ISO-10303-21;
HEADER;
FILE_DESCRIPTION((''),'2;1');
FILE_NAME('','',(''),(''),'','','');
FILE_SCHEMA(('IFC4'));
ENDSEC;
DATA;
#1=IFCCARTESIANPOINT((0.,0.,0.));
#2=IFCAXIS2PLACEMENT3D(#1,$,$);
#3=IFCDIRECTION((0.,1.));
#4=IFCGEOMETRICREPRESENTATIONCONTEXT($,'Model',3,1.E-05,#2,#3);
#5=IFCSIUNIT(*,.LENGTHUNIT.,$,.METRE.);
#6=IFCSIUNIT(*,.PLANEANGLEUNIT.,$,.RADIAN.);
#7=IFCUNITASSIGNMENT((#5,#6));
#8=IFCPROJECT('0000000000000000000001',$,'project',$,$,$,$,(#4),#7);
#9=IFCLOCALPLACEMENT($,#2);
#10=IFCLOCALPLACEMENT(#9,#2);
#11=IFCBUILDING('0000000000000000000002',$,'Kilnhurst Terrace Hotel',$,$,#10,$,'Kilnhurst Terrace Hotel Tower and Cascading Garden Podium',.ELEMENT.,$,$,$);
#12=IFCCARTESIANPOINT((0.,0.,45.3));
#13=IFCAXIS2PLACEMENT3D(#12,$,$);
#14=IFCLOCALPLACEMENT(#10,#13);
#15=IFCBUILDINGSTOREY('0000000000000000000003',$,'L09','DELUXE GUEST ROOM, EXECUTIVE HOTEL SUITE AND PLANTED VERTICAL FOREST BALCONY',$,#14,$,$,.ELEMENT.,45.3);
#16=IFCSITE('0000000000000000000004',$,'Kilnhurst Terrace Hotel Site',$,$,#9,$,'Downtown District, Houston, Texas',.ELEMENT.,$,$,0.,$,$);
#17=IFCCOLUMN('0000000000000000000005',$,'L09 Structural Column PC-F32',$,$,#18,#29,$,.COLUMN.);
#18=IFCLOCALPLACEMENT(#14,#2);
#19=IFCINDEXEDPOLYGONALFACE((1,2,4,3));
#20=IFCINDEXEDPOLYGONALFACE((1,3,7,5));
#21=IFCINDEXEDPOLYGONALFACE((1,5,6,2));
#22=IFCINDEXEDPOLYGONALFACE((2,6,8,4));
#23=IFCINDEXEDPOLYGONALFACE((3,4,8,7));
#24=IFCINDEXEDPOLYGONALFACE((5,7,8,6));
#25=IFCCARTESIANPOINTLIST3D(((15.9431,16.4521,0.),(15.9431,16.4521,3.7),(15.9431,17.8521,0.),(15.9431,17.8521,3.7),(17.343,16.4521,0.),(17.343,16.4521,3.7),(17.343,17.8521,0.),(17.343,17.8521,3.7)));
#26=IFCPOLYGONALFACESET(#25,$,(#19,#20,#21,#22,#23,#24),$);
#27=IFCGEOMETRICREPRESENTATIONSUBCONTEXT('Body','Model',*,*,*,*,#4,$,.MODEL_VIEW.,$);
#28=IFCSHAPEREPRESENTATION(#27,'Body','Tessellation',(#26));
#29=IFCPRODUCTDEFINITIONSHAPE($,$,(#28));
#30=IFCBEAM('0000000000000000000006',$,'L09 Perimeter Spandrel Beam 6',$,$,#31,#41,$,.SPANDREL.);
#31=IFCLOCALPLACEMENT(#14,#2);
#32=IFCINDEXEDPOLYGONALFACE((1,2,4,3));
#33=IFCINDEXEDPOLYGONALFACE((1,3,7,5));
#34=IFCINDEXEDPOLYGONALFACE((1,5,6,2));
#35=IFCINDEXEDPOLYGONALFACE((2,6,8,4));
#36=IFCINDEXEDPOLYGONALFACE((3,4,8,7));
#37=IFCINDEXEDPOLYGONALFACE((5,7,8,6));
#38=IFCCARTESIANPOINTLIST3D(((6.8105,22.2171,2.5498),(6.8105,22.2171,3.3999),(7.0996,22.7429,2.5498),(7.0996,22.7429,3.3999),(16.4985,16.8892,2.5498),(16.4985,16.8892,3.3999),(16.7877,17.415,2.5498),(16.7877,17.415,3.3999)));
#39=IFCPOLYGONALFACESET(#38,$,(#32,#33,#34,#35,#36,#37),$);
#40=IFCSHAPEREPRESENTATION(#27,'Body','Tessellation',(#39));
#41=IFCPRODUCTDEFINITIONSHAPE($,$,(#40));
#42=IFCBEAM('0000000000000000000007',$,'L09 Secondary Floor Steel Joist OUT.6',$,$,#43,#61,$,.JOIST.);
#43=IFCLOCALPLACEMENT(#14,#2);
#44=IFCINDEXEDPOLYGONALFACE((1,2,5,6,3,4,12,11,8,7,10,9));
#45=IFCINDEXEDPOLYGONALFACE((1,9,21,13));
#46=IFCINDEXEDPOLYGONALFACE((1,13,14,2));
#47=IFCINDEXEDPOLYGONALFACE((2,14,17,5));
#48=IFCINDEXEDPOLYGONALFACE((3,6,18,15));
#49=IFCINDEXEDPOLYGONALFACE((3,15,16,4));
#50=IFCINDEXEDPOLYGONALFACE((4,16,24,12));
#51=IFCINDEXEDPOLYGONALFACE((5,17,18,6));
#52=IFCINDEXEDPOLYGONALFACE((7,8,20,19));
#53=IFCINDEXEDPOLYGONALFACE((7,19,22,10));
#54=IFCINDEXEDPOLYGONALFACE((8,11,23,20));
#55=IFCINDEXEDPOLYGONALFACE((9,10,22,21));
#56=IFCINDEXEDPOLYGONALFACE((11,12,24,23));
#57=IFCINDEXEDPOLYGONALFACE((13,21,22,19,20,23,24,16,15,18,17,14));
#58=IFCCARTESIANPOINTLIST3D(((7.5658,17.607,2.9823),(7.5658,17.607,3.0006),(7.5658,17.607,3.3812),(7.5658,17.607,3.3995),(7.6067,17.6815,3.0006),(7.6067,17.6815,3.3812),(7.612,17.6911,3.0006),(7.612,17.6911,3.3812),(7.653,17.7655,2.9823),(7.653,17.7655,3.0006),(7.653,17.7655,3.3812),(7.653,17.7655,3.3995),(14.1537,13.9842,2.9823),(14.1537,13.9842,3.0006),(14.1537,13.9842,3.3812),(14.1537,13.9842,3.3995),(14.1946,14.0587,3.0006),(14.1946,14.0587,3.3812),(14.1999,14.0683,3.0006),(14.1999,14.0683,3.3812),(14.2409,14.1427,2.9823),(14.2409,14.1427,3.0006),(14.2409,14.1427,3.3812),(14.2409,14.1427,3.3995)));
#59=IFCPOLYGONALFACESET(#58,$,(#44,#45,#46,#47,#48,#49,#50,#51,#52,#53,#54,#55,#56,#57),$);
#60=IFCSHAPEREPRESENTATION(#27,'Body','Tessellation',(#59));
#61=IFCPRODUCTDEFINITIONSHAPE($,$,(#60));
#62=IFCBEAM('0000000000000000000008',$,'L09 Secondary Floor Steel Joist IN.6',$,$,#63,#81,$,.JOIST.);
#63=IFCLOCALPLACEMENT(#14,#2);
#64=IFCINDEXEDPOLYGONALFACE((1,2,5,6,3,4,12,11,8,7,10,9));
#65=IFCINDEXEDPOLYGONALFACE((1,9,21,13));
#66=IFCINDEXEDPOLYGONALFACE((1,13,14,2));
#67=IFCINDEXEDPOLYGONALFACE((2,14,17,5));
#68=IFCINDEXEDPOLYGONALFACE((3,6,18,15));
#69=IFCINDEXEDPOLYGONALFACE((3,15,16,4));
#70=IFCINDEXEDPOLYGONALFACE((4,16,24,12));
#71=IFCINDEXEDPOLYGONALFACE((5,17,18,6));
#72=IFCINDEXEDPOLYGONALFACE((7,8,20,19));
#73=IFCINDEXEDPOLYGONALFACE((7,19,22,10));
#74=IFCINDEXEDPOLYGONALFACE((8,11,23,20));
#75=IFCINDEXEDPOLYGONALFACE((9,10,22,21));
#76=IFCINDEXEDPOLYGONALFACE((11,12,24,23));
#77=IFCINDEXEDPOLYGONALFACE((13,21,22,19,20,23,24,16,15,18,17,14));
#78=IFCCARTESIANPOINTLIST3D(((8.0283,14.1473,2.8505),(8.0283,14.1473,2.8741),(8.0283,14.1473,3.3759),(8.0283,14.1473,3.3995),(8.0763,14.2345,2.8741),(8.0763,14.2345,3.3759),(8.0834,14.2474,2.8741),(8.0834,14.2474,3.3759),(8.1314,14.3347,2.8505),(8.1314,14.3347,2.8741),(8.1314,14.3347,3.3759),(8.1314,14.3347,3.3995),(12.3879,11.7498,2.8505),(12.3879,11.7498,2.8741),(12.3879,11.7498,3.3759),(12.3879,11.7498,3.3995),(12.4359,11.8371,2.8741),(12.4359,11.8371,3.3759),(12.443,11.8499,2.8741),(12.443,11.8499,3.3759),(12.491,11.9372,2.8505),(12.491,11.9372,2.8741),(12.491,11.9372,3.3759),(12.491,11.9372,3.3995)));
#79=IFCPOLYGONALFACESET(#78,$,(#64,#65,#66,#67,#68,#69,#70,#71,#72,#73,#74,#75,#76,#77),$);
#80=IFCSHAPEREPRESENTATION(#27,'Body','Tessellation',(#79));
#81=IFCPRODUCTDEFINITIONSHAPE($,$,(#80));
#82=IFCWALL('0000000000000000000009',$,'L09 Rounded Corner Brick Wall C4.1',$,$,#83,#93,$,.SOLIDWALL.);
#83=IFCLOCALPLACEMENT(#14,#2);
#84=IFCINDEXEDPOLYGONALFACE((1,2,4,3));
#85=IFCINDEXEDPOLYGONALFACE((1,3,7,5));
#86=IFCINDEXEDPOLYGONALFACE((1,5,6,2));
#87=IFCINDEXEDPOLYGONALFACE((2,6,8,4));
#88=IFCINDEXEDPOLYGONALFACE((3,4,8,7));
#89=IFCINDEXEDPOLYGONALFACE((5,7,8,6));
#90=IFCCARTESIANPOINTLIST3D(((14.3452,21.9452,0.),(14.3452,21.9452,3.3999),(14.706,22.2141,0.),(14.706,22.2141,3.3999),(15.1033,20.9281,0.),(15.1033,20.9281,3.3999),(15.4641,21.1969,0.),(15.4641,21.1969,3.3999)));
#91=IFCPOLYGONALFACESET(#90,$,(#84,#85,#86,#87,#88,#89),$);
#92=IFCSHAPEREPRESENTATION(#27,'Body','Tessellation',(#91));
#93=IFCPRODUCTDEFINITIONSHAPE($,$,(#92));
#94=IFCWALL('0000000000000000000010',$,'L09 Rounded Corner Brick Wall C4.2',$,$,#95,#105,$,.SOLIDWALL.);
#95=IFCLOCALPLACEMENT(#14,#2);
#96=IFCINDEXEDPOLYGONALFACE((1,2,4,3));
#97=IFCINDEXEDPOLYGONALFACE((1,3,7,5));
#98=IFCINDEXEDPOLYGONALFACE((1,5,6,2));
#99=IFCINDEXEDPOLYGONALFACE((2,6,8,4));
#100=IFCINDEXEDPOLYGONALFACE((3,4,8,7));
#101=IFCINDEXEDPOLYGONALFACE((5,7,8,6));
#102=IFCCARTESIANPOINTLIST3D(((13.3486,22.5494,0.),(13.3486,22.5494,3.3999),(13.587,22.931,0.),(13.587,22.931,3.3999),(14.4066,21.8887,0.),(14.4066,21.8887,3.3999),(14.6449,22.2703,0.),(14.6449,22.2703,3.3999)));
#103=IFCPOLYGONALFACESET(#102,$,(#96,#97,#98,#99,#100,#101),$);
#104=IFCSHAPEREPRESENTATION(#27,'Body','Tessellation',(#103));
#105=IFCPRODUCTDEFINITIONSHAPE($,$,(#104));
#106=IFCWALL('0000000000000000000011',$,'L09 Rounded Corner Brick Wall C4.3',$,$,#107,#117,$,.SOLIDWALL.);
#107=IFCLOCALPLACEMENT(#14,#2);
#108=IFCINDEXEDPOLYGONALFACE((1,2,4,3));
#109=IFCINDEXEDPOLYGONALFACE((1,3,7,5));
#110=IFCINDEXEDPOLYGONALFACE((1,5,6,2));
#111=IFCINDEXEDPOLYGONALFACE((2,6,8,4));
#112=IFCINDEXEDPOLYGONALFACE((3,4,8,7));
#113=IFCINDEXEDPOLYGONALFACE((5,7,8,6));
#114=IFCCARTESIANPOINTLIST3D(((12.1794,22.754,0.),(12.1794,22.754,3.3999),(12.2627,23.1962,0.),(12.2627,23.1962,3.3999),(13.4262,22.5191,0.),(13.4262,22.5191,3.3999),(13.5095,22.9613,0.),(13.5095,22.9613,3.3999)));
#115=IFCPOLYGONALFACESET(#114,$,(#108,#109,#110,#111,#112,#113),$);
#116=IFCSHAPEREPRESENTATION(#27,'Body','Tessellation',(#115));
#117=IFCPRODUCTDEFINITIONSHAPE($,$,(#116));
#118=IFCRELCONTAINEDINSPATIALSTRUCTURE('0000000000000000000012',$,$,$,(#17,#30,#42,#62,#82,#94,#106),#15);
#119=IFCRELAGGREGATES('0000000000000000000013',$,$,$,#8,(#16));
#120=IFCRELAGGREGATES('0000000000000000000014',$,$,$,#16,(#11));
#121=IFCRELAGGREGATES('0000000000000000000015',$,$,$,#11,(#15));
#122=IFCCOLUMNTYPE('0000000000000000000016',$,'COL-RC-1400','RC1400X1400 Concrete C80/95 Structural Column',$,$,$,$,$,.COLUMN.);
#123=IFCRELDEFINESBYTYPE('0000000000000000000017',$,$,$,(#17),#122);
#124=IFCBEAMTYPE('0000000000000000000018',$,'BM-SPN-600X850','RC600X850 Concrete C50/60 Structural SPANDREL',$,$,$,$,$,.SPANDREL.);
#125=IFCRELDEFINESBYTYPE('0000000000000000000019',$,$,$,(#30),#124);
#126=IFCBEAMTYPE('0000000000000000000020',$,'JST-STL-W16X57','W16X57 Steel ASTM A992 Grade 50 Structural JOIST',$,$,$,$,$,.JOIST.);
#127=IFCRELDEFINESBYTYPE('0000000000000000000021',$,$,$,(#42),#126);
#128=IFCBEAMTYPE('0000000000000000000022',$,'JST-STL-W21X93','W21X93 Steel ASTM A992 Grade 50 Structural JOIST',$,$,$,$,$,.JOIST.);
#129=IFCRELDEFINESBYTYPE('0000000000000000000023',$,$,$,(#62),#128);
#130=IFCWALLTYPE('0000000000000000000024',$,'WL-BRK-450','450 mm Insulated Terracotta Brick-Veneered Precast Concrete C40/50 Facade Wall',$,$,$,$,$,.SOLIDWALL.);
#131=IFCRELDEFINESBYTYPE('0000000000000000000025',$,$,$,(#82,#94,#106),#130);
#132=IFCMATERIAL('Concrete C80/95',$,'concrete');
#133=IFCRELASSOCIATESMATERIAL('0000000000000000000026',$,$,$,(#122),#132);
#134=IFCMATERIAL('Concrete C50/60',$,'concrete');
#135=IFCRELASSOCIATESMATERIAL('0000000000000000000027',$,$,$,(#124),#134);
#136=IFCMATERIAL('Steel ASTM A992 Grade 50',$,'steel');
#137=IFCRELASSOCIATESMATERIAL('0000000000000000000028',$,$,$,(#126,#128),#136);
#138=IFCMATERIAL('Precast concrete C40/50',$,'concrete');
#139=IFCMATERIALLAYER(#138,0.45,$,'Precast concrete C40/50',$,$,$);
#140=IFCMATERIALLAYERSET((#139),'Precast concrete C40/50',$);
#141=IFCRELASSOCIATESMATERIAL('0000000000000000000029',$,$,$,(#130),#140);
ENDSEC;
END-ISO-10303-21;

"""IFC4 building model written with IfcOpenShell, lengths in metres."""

from ifc_helpers import new_model, si_unit, direction, frame, frame_2d, origin, origin_2d, place, context, subcontext, project, spatial, rectangle, i_section, extrude, material, layer, layer_set, material_profile, profile_set, type_object, element, save


model = new_model("IFC4")

# Units and contexts
model_context = context("Model", 3, precision=1e-05, world=origin(), true_north=direction((0.0, 1.0)))
body_context = subcontext(model_context, "Body", "Model", "MODEL_VIEW")
ifc_project = project(units=[si_unit("LENGTHUNIT", "METRE"), si_unit("PLANEANGLEUNIT", "RADIAN")], contexts=[model_context])

# Site, building, storey
site_placement = place(None, origin())
site = spatial("IfcSite", under=ifc_project, at=site_placement, Name="Kilnhurst Terrace Hotel Site", LongName="Downtown District, Houston, Texas", CompositionType="ELEMENT", RefElevation=0.0)
building_placement = place(site_placement, origin())
building = spatial("IfcBuilding", under=site, at=building_placement, Name="Kilnhurst Terrace Hotel", LongName="Kilnhurst Terrace Hotel Tower and Cascading Garden Podium", CompositionType="ELEMENT")
storey_placement = place(building_placement, frame((0.0, 0.0, 45.3)))
storey = spatial("IfcBuildingStorey", under=building, at=storey_placement, Name="L09", Description="DELUXE GUEST ROOM, EXECUTIVE HOTEL SUITE AND PLANTED VERTICAL FOREST BALCONY", CompositionType="ELEMENT", Elevation=45.3)

# Column
ifc_material_1 = material(Name="Concrete C80/95", Category="concrete")
ifc_material_profile_1 = material_profile(ifc_material_1, rectangle(XDim=1.3999, YDim=1.3999, at=origin_2d()), Name="RC1400X1400")
ifc_profile_set_1 = profile_set([ifc_material_profile_1], Name="Concrete C80/95")
column_type = type_object("IfcColumnType", Name="COL-RC-1400", Description="RC1400X1400 Concrete C80/95 Structural Column", PredefinedType="COLUMN", material=ifc_profile_set_1)
column_placement = place(storey_placement, frame((16.6431, 17.1521, 0.0), z_axis=(0.0, 0.0, 1.0), x_axis=(1.0, 0.0, 0.0)))
element("IfcColumn", 1, at=column_placement, inside=storey, type_object=column_type, Name="L09 Structural Column PC-F32", PredefinedType="COLUMN", context=body_context, shape_type="SweptSolid", body=[
    extrude(rectangle(XDim=1.3999, YDim=1.3999, at=origin_2d()), origin(), (0.0, 0.0, 1.0), 3.7),
])

# Beams
ifc_material_2 = material(Name="Concrete C50/60", Category="concrete")
ifc_material_profile_2 = material_profile(ifc_material_2, rectangle(XDim=0.6001, YDim=0.8501, at=origin_2d()), Name="RC600X850")
ifc_profile_set_2 = profile_set([ifc_material_profile_2], Name="Concrete C50/60")
beam_type_1 = type_object("IfcBeamType", Name="BM-SPN-600X850", Description="RC600X850 Concrete C50/60 Structural SPANDREL", PredefinedType="SPANDREL", material=ifc_profile_set_2)
beam_1_placement = place(storey_placement, frame((16.6431, 17.1521, 2.9749), z_axis=(-0.876235, 0.481883, 0.0), x_axis=(-0.481883, -0.876235, 0.0)))
element("IfcBeam", 2, at=beam_1_placement, inside=storey, type_object=beam_type_1, Name="L09 Perimeter Spandrel Beam 6", PredefinedType="SPANDREL", context=body_context, shape_type="SweptSolid", body=[
    extrude(rectangle(XDim=0.6001, YDim=0.8501, at=origin_2d()), origin(), (0.0, 0.0, 1.0), 11.0564),
])
ifc_material_3 = material(Name="Steel ASTM A992 Grade 50", Category="steel")
ifc_material_profile_3 = material_profile(ifc_material_3, i_section(OverallWidth=0.1809, OverallDepth=0.4172, WebThickness=0.011, FlangeThickness=0.0183, at=origin_2d()), Name="W16X57")
ifc_profile_set_3 = profile_set([ifc_material_profile_3], Name="Steel ASTM A992 Grade 50")
beam_type_2 = type_object("IfcBeamType", Name="JST-STL-W16X57", Description="W16X57 Steel ASTM A992 Grade 50 Structural JOIST", PredefinedType="JOIST", material=ifc_profile_set_3)
beam_2_placement = place(storey_placement, frame((14.1973, 14.0635, 3.1909), z_axis=(-0.876246, 0.481864, 0.0), x_axis=(-0.481864, -0.876246, 0.0)))
element("IfcBeam", 3, at=beam_2_placement, inside=storey, type_object=beam_type_2, Name="L09 Secondary Floor Steel Joist OUT.6", PredefinedType="JOIST", context=body_context, shape_type="SweptSolid", body=[
    extrude(i_section(OverallWidth=0.1809, OverallDepth=0.4172, WebThickness=0.011, FlangeThickness=0.0183, at=origin_2d()), origin(), (0.0, 0.0, 1.0), 7.5183),
])
ifc_material_profile_4 = material_profile(ifc_material_3, i_section(OverallWidth=0.2139, OverallDepth=0.5491, WebThickness=0.0146, FlangeThickness=0.0237, at=origin_2d()), Name="W21X93")
ifc_profile_set_4 = profile_set([ifc_material_profile_4], Name="Steel ASTM A992 Grade 50")
beam_type_3 = type_object("IfcBeamType", Name="JST-STL-W21X93", Description="W21X93 Steel ASTM A992 Grade 50 Structural JOIST", PredefinedType="JOIST", material=ifc_profile_set_4)
beam_3_placement = place(storey_placement, frame((12.4395, 11.8435, 3.125), z_axis=(-0.876244, 0.481868, 0.0), x_axis=(-0.481868, -0.876244, 0.0)))
element("IfcBeam", 4, at=beam_3_placement, inside=storey, type_object=beam_type_3, Name="L09 Secondary Floor Steel Joist IN.6", PredefinedType="JOIST", context=body_context, shape_type="SweptSolid", body=[
    extrude(i_section(OverallWidth=0.2139, OverallDepth=0.5491, WebThickness=0.0146, FlangeThickness=0.0237, at=origin_2d()), origin(), (0.0, 0.0, 1.0), 4.9753),
])

# Walls
ifc_material_4 = material(Name="Precast concrete C40/50", Category="concrete")
ifc_layer_1 = layer(ifc_material_4, 0.45, Name="Precast concrete C40/50")
ifc_layer_set_1 = layer_set([ifc_layer_1], Name="Precast concrete C40/50")
wall_type_1 = type_object("IfcWallType", Name="WL-BRK-450", Description="450 mm Insulated Terracotta Brick-Veneered Precast Concrete C40/50 Facade Wall", PredefinedType="SOLIDWALL", material=ifc_layer_set_1)
wall_1_placement = place(storey_placement, frame((15.2837, 21.0625, 0.0), z_axis=(0.0, 0.0, 1.0), x_axis=(-0.597595, 0.801798, 0.0)))
element("IfcWall", 5, at=wall_1_placement, inside=storey, type_object=wall_type_1, Name="L09 Rounded Corner Brick Wall C4.1", PredefinedType="SOLIDWALL", context=body_context, shape_type="SweptSolid", body=[
    extrude(rectangle(XDim=1.2686, YDim=0.45, at=frame_2d((0.6343, 0.0))), origin(), (0.0, 0.0, 1.0), 3.3999),
])
wall_2_placement = place(storey_placement, frame((14.5256, 22.0796, 0.0), z_axis=(0.0, 0.0, 1.0), x_axis=(-0.848185, 0.5297, 0.0)))
element("IfcWall", 6, at=wall_2_placement, inside=storey, type_object=wall_type_1, Name="L09 Rounded Corner Brick Wall C4.2", PredefinedType="SOLIDWALL", context=body_context, shape_type="SweptSolid", body=[
    extrude(rectangle(XDim=1.2473, YDim=0.45, at=frame_2d((0.6235, 0.0))), origin(), (0.0, 0.0, 1.0), 3.3999),
])
wall_3_placement = place(storey_placement, frame((13.4678, 22.7402, 0.0), z_axis=(0.0, 0.0, 1.0), x_axis=(-0.982717, 0.185113, 0.0)))
element("IfcWall", 7, at=wall_3_placement, inside=storey, type_object=wall_type_1, Name="L09 Rounded Corner Brick Wall C4.3", PredefinedType="SOLIDWALL", context=body_context, shape_type="SweptSolid", body=[
    extrude(rectangle(XDim=1.2688, YDim=0.45, at=frame_2d((0.6343, 0.0))), origin(), (0.0, 0.0, 1.0), 3.3999),
])

save(model, "model.ifc")
